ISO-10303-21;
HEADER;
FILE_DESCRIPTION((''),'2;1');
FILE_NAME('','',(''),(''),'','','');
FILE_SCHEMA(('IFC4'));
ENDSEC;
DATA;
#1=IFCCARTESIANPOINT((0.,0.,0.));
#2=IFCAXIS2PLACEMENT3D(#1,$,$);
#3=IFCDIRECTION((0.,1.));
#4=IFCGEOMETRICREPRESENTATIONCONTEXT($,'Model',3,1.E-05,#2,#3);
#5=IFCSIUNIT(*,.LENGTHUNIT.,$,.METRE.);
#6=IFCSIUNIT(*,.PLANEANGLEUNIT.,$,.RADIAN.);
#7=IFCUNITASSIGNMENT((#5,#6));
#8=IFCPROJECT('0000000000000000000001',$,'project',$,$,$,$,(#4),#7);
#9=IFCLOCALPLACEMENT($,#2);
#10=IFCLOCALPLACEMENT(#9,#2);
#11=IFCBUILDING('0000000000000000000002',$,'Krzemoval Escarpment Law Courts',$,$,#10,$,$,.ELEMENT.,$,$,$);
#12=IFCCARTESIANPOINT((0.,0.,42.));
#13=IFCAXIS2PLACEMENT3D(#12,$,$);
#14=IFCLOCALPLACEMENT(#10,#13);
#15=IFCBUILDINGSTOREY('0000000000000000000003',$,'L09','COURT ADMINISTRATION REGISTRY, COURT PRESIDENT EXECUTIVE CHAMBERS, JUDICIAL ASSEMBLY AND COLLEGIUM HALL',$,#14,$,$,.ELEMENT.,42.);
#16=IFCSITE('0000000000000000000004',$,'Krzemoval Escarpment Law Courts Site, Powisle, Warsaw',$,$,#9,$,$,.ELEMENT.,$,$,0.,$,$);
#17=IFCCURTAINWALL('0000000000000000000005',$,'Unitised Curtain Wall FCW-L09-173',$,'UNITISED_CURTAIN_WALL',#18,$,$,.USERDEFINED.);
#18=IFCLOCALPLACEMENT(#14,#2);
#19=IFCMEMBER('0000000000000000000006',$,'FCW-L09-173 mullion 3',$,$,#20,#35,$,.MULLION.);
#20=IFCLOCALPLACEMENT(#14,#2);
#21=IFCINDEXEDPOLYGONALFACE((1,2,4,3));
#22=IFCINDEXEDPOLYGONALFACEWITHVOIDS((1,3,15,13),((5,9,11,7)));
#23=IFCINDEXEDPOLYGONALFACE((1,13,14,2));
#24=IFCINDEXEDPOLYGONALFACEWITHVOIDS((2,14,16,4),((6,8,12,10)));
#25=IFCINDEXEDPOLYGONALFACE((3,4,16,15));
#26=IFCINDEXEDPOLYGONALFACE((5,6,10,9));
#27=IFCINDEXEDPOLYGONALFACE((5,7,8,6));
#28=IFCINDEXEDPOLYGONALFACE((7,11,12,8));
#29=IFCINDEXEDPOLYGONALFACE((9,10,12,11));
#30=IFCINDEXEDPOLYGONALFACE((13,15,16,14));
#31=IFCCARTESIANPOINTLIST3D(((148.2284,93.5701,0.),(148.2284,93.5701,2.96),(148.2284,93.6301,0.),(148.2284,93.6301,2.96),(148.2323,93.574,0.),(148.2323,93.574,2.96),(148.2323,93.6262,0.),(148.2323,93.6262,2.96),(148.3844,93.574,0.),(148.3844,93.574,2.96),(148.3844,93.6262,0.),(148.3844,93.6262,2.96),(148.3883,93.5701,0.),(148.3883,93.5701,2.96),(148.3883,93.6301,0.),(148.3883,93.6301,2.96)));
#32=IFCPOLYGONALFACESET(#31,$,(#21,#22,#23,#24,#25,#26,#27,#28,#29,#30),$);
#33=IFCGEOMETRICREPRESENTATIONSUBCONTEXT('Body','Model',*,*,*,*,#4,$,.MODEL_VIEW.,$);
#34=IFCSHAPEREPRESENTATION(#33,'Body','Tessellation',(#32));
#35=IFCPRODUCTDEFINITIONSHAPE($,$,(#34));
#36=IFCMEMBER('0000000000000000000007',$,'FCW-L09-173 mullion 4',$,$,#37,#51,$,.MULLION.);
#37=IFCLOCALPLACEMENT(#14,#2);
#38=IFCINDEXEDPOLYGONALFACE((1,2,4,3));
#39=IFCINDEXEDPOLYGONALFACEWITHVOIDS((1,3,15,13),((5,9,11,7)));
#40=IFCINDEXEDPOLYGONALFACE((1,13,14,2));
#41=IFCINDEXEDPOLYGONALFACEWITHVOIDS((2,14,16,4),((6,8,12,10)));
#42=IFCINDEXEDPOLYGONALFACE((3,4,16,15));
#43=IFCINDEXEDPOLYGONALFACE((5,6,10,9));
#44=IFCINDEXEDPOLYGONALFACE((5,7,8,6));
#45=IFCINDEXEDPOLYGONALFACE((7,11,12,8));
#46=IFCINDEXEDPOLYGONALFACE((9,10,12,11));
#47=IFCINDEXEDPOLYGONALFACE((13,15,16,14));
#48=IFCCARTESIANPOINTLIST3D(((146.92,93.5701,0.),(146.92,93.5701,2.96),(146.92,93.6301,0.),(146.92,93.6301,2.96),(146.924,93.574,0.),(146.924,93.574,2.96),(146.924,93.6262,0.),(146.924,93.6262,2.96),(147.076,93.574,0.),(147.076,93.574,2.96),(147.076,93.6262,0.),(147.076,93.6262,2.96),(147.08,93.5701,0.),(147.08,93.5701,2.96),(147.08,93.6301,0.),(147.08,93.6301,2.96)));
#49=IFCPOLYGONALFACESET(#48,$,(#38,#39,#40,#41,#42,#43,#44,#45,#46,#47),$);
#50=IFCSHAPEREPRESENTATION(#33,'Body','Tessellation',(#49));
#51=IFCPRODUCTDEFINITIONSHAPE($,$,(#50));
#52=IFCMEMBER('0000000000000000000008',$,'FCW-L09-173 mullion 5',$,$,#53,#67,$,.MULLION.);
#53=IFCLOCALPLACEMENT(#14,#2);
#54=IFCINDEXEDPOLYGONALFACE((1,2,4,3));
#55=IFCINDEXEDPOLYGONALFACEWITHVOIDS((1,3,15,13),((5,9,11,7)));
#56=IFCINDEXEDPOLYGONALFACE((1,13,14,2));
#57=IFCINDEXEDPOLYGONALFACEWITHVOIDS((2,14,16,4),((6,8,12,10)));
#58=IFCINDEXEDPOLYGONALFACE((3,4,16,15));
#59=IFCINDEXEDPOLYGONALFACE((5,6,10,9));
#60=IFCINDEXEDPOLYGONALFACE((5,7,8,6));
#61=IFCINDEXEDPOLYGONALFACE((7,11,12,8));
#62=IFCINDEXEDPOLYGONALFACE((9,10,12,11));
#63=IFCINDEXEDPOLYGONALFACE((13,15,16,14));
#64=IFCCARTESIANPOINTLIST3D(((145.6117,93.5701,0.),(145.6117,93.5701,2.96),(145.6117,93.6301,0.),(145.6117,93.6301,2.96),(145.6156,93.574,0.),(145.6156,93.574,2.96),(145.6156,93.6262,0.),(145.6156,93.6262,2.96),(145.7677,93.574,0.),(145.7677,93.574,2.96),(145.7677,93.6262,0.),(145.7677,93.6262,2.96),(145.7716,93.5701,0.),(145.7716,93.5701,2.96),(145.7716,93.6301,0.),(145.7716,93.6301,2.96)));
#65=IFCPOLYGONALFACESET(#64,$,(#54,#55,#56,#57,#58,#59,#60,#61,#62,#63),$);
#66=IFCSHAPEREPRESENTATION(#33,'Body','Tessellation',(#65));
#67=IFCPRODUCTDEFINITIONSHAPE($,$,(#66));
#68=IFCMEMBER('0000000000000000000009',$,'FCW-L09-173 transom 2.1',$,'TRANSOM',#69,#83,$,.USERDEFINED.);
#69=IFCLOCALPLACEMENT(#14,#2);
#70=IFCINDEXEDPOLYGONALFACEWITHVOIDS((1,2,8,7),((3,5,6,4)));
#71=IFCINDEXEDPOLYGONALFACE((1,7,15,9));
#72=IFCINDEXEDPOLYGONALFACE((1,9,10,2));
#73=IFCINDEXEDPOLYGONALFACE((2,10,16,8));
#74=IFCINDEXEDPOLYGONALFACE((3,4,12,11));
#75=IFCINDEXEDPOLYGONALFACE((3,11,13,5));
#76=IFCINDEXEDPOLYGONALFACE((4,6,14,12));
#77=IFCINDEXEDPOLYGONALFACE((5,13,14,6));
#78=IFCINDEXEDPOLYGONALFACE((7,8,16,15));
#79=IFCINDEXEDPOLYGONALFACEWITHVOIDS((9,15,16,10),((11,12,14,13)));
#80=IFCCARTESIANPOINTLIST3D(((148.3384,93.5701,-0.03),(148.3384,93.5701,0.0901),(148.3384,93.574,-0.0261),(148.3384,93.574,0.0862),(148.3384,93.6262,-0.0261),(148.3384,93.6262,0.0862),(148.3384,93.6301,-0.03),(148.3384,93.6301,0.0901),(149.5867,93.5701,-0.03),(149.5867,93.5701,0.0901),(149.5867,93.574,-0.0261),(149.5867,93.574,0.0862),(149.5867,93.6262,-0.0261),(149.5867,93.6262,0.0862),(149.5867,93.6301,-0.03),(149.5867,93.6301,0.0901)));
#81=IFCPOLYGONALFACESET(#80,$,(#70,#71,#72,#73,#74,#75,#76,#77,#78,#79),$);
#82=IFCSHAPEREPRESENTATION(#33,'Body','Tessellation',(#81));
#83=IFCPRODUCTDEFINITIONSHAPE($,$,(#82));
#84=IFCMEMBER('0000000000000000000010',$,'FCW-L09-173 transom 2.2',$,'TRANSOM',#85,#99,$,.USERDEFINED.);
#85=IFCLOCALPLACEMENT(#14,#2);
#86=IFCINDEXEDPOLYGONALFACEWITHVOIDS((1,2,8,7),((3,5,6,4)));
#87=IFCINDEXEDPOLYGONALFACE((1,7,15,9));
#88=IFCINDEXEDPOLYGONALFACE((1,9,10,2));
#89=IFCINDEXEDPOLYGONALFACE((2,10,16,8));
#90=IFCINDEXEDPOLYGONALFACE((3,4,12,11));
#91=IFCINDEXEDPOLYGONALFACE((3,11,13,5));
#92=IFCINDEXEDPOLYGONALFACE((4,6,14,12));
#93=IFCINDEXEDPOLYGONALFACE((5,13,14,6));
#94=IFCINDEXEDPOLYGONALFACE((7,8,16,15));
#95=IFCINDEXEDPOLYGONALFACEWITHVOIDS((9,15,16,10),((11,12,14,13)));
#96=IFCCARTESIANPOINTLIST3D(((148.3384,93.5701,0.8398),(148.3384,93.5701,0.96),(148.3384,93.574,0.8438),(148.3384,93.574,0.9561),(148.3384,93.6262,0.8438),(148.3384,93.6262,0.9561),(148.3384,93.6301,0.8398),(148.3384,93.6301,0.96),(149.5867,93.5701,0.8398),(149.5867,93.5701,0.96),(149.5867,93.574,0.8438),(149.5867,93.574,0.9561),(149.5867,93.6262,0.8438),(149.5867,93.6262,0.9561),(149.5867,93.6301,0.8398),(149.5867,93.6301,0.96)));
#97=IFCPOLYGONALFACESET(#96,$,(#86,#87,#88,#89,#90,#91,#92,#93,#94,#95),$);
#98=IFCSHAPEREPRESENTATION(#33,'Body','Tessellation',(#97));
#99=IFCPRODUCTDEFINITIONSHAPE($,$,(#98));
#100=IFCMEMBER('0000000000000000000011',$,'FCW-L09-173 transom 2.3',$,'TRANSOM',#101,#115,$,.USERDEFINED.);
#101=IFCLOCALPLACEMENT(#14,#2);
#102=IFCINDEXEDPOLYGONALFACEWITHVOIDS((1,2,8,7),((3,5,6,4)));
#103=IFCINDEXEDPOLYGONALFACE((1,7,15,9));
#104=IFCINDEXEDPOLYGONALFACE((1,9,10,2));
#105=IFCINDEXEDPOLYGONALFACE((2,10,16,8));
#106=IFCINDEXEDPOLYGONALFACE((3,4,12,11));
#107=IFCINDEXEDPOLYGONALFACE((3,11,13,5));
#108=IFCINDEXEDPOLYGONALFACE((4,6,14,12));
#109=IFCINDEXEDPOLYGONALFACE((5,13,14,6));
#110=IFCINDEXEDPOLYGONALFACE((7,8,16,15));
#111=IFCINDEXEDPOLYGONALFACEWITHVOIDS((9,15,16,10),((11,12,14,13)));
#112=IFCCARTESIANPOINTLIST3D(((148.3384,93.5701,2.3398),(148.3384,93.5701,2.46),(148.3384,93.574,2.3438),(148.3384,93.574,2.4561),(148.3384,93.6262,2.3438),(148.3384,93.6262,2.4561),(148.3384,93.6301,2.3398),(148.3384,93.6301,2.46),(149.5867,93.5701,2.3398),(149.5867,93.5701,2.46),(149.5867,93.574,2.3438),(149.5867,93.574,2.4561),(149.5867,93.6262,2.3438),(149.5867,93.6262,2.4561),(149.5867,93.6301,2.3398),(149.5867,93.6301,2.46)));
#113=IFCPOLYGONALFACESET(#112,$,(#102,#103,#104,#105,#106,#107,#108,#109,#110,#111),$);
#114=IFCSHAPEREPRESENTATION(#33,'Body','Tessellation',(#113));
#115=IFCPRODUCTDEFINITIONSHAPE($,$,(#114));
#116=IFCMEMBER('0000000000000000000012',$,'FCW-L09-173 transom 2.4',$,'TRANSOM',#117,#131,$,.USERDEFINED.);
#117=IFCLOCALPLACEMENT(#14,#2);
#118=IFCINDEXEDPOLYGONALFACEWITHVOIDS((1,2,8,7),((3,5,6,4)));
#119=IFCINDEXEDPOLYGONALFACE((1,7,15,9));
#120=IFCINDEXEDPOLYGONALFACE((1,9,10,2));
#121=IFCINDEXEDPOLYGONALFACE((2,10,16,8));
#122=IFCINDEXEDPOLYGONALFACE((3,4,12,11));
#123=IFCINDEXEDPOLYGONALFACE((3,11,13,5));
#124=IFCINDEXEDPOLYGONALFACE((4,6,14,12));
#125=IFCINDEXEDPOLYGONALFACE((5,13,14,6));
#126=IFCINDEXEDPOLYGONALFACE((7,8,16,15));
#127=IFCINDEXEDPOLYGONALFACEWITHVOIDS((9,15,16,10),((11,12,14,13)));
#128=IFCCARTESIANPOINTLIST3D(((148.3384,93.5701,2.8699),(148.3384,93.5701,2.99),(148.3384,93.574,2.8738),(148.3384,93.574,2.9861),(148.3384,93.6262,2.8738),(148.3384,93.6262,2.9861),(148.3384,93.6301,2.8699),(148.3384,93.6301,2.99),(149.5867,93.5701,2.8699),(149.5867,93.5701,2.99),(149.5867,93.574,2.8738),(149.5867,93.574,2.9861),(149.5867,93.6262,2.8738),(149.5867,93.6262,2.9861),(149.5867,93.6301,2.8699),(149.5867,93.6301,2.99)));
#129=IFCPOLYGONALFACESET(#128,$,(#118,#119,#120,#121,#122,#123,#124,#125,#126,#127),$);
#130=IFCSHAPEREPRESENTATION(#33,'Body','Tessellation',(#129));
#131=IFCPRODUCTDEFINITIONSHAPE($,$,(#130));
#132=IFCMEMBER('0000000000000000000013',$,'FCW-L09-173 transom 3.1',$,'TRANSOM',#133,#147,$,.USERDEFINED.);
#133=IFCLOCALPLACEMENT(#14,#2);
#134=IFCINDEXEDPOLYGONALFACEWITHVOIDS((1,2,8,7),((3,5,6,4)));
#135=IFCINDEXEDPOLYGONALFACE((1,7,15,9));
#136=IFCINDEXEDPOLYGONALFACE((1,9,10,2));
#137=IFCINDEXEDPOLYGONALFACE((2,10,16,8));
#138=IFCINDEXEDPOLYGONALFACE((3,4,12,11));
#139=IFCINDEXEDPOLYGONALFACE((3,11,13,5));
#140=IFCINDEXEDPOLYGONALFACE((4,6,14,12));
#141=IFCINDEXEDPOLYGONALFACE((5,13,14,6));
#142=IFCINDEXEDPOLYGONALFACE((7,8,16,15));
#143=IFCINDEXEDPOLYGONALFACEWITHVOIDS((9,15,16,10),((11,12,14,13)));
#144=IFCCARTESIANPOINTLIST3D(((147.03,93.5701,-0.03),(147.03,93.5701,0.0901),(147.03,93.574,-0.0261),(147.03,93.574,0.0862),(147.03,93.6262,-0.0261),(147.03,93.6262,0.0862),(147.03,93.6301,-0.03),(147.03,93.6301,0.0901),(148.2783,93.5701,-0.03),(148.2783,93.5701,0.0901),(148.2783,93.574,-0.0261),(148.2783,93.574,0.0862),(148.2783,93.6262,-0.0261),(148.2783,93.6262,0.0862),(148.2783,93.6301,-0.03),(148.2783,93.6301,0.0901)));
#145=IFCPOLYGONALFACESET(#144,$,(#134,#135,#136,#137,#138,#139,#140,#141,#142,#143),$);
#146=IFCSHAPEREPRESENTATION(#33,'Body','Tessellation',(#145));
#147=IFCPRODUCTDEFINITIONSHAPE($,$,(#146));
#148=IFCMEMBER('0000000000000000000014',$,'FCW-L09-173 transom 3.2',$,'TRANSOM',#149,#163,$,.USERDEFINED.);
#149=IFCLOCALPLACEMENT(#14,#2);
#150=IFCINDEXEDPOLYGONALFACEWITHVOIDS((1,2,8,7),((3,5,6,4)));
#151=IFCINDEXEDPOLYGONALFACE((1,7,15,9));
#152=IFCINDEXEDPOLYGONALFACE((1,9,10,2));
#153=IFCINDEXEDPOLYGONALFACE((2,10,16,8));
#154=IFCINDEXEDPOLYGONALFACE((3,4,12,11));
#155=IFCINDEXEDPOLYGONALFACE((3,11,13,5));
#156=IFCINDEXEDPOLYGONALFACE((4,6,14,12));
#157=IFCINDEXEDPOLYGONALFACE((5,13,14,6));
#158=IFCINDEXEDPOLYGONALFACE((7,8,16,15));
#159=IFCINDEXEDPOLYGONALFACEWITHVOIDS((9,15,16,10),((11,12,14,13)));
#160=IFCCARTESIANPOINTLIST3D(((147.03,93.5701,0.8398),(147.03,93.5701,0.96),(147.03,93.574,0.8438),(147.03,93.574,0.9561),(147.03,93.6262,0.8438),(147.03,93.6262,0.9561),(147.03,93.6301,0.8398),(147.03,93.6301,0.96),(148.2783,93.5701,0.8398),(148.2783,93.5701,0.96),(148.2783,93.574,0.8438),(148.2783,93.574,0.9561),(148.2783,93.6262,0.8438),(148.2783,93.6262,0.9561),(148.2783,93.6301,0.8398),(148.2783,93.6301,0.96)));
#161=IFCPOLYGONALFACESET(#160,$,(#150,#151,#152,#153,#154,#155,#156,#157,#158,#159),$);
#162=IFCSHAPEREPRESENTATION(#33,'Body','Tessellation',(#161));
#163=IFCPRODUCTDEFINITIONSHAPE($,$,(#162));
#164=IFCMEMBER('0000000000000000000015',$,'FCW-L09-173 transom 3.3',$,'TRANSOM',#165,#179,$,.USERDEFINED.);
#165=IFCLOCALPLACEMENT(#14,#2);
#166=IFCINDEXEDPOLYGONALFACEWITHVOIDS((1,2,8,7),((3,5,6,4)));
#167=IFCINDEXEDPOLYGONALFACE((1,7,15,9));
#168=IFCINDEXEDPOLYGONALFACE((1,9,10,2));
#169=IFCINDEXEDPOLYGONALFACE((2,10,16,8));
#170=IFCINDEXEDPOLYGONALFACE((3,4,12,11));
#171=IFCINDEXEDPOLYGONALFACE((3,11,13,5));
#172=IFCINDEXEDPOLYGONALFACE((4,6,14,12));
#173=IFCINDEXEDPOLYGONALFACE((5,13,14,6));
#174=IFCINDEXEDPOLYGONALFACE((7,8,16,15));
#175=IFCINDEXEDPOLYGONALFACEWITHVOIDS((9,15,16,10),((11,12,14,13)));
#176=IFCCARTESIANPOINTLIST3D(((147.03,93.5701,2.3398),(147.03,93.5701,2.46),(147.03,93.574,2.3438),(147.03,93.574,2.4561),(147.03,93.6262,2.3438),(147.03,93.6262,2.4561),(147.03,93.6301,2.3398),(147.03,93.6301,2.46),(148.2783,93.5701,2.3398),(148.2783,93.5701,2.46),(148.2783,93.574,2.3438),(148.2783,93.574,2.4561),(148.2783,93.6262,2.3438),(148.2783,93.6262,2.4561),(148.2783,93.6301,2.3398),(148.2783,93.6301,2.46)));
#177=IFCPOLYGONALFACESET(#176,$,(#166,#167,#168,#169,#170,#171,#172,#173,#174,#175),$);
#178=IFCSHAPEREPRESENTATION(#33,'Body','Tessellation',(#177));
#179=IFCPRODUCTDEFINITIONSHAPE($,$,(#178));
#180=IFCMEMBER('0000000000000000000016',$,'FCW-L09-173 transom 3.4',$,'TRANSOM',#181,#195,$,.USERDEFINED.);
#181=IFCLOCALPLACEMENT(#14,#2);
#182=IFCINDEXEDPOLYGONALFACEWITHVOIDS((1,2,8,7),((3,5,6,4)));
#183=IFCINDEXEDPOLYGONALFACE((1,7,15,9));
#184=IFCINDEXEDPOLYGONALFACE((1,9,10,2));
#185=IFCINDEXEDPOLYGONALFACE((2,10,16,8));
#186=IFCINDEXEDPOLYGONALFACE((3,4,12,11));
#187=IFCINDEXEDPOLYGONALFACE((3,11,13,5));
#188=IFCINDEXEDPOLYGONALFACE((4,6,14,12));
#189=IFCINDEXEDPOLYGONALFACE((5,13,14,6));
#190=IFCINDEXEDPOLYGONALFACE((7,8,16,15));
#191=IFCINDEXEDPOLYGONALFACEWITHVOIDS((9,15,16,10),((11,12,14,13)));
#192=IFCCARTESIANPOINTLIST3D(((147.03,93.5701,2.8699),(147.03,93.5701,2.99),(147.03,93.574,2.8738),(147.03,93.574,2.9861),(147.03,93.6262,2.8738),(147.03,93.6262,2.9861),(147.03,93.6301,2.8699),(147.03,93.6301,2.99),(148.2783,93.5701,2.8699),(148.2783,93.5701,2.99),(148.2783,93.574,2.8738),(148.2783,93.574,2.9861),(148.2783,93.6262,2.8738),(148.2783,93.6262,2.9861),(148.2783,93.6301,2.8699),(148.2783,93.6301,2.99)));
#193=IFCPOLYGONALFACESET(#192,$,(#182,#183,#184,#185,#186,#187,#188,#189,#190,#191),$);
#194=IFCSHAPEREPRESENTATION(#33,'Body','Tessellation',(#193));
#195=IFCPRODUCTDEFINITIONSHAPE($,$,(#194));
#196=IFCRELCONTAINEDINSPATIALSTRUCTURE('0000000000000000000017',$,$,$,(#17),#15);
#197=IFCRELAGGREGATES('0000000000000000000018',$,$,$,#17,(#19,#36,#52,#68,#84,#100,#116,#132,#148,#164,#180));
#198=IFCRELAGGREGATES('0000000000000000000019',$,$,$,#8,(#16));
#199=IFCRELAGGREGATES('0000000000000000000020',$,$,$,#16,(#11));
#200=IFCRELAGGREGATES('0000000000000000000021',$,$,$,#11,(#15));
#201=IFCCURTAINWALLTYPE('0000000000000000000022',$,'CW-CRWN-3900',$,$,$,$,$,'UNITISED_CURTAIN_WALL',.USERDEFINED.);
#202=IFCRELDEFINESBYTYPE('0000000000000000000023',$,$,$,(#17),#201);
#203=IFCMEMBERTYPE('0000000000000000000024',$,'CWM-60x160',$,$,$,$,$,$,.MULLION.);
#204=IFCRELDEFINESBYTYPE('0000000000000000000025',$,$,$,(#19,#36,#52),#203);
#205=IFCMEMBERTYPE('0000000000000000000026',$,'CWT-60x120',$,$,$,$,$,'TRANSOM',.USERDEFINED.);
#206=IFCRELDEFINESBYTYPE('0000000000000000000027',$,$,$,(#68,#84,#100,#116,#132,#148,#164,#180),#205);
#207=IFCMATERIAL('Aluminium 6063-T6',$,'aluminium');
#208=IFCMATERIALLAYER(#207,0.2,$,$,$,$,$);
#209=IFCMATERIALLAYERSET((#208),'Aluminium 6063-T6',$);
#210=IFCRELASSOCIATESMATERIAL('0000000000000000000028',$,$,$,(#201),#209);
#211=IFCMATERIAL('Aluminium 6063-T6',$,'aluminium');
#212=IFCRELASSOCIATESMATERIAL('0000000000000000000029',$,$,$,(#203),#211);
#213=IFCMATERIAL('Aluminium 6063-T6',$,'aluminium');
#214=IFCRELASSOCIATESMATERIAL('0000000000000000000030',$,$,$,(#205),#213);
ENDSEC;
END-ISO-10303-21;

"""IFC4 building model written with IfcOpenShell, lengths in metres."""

from ifc_helpers import new_model, si_unit, direction, frame, origin, origin_2d, place, context, subcontext, project, spatial, hollow_rectangle, extrude, material, layer, layer_set, material_profile, profile_set, type_object, element, aggregate, save


model = new_model("IFC4")

# Units and contexts
model_context = context("Model", 3, precision=1e-05, world=origin(), true_north=direction((0.0, 1.0)))
body_context = subcontext(model_context, "Body", "Model", "MODEL_VIEW")
ifc_project = project(units=[si_unit("LENGTHUNIT", "METRE"), si_unit("PLANEANGLEUNIT", "RADIAN")], contexts=[model_context])

# Site, building, storey
site_placement = place(None, origin())
site = spatial("IfcSite", under=ifc_project, at=site_placement, Name="Krzemoval Escarpment Law Courts Site, Powisle, Warsaw", CompositionType="ELEMENT", RefElevation=0.0)
building_placement = place(site_placement, origin())
building = spatial("IfcBuilding", under=site, at=building_placement, Name="Krzemoval Escarpment Law Courts", CompositionType="ELEMENT")
storey_placement = place(building_placement, frame((0.0, 0.0, 42.0)))
storey = spatial("IfcBuildingStorey", under=building, at=storey_placement, Name="L09", Description="COURT ADMINISTRATION REGISTRY, COURT PRESIDENT EXECUTIVE CHAMBERS, JUDICIAL ASSEMBLY AND COLLEGIUM HALL", CompositionType="ELEMENT", Elevation=42.0)

# Curtain wall, members
ifc_material_1 = material(Name="Aluminium 6063-T6", Category="aluminium")
ifc_layer_1 = layer(ifc_material_1, 0.2)
ifc_layer_set_1 = layer_set([ifc_layer_1], Name="Aluminium 6063-T6")
curtain_wall_type = type_object("IfcCurtainWallType", Name="CW-CRWN-3900", ElementType="UNITISED_CURTAIN_WALL", PredefinedType="USERDEFINED", material=ifc_layer_set_1)
curtain_wall_placement = place(storey_placement, origin())
curtain_wall = element("IfcCurtainWall", 1, at=curtain_wall_placement, inside=storey, type_object=curtain_wall_type, Name="Unitised Curtain Wall FCW-L09-173", ObjectType="UNITISED_CURTAIN_WALL", PredefinedType="USERDEFINED")
ifc_material_2 = material(Name="Aluminium 6063-T6", Category="aluminium")
ifc_material_profile_1 = material_profile(ifc_material_2, hollow_rectangle(XDim=0.0601, YDim=0.1599, WallThickness=0.0039, at=origin_2d()), Name="ALU M60x160")
ifc_profile_set_1 = profile_set([ifc_material_profile_1], Name="Aluminium 6063-T6")
member_type_1 = type_object("IfcMemberType", Name="CWM-60x160", PredefinedType="MULLION", material=ifc_profile_set_1)
member_1_placement = place(storey_placement, frame((148.3083, 93.6001, 0.0), z_axis=(0.0, 0.0, 1.0), x_axis=(0.0, -1.0, 0.0)))
member_1 = element("IfcMember", 2, at=member_1_placement, type_object=member_type_1, Name="FCW-L09-173 mullion 3", PredefinedType="MULLION", context=body_context, shape_type="SweptSolid", body=[
    extrude(hollow_rectangle(XDim=0.0601, YDim=0.1599, WallThickness=0.0039, at=origin_2d()), origin(), (0.0, 0.0, 1.0), 2.96),
])
member_2_placement = place(storey_placement, frame((147.0, 93.6001, 0.0), z_axis=(0.0, 0.0, 1.0), x_axis=(0.0, -1.0, 0.0)))
member_2 = element("IfcMember", 3, at=member_2_placement, type_object=member_type_1, Name="FCW-L09-173 mullion 4", PredefinedType="MULLION", context=body_context, shape_type="SweptSolid", body=[
    extrude(hollow_rectangle(XDim=0.0601, YDim=0.1599, WallThickness=0.0039, at=origin_2d()), origin(), (0.0, 0.0, 1.0), 2.96),
])
member_3_placement = place(storey_placement, frame((145.6917, 93.6001, 0.0), z_axis=(0.0, 0.0, 1.0), x_axis=(0.0, -1.0, 0.0)))
member_3 = element("IfcMember", 4, at=member_3_placement, type_object=member_type_1, Name="FCW-L09-173 mullion 5", PredefinedType="MULLION", context=body_context, shape_type="SweptSolid", body=[
    extrude(hollow_rectangle(XDim=0.0601, YDim=0.1599, WallThickness=0.0039, at=origin_2d()), origin(), (0.0, 0.0, 1.0), 2.96),
])
ifc_material_3 = material(Name="Aluminium 6063-T6", Category="aluminium")
ifc_material_profile_2 = material_profile(ifc_material_3, hollow_rectangle(XDim=0.0601, YDim=0.1201, WallThickness=0.0039, at=origin_2d()), Name="ALU T60x120")
ifc_profile_set_2 = profile_set([ifc_material_profile_2], Name="Aluminium 6063-T6")
member_type_2 = type_object("IfcMemberType", Name="CWT-60x120", ElementType="TRANSOM", PredefinedType="USERDEFINED", material=ifc_profile_set_2)
member_4_placement = place(storey_placement, frame((149.5867, 93.6001, 0.03), z_axis=(-1.0, 0.0, 0.0), x_axis=(0.0, -1.0, 0.0)))
member_4 = element("IfcMember", 5, at=member_4_placement, type_object=member_type_2, Name="FCW-L09-173 transom 2.1", ObjectType="TRANSOM", PredefinedType="USERDEFINED", context=body_context, shape_type="SweptSolid", body=[
    extrude(hollow_rectangle(XDim=0.0601, YDim=0.1201, WallThickness=0.0039, at=origin_2d()), origin(), (0.0, 0.0, 1.0), 1.2483),
])
member_5_placement = place(storey_placement, frame((149.5867, 93.6001, 0.8999), z_axis=(-1.0, 0.0, 0.0), x_axis=(0.0, -1.0, 0.0)))
member_5 = element("IfcMember", 6, at=member_5_placement, type_object=member_type_2, Name="FCW-L09-173 transom 2.2", ObjectType="TRANSOM", PredefinedType="USERDEFINED", context=body_context, shape_type="SweptSolid", body=[
    extrude(hollow_rectangle(XDim=0.0601, YDim=0.1201, WallThickness=0.0039, at=origin_2d()), origin(), (0.0, 0.0, 1.0), 1.2483),
])
member_6_placement = place(storey_placement, frame((149.5867, 93.6001, 2.3999), z_axis=(-1.0, 0.0, 0.0), x_axis=(0.0, -1.0, 0.0)))
member_6 = element("IfcMember", 7, at=member_6_placement, type_object=member_type_2, Name="FCW-L09-173 transom 2.3", ObjectType="TRANSOM", PredefinedType="USERDEFINED", context=body_context, shape_type="SweptSolid", body=[
    extrude(hollow_rectangle(XDim=0.0601, YDim=0.1201, WallThickness=0.0039, at=origin_2d()), origin(), (0.0, 0.0, 1.0), 1.2483),
])
member_7_placement = place(storey_placement, frame((149.5867, 93.6001, 2.9299), z_axis=(-1.0, 0.0, 0.0), x_axis=(0.0, -1.0, 0.0)))
member_7 = element("IfcMember", 8, at=member_7_placement, type_object=member_type_2, Name="FCW-L09-173 transom 2.4", ObjectType="TRANSOM", PredefinedType="USERDEFINED", context=body_context, shape_type="SweptSolid", body=[
    extrude(hollow_rectangle(XDim=0.0601, YDim=0.1201, WallThickness=0.0039, at=origin_2d()), origin(), (0.0, 0.0, 1.0), 1.2483),
])
member_8_placement = place(storey_placement, frame((148.2783, 93.6001, 0.03), z_axis=(-1.0, 0.0, 0.0), x_axis=(0.0, -1.0, 0.0)))
member_8 = element("IfcMember", 9, at=member_8_placement, type_object=member_type_2, Name="FCW-L09-173 transom 3.1", ObjectType="TRANSOM", PredefinedType="USERDEFINED", context=body_context, shape_type="SweptSolid", body=[
    extrude(hollow_rectangle(XDim=0.0601, YDim=0.1201, WallThickness=0.0039, at=origin_2d()), origin(), (0.0, 0.0, 1.0), 1.2483),
])
member_9_placement = place(storey_placement, frame((148.2783, 93.6001, 0.8999), z_axis=(-1.0, 0.0, 0.0), x_axis=(0.0, -1.0, 0.0)))
member_9 = element("IfcMember", 10, at=member_9_placement, type_object=member_type_2, Name="FCW-L09-173 transom 3.2", ObjectType="TRANSOM", PredefinedType="USERDEFINED", context=body_context, shape_type="SweptSolid", body=[
    extrude(hollow_rectangle(XDim=0.0601, YDim=0.1201, WallThickness=0.0039, at=origin_2d()), origin(), (0.0, 0.0, 1.0), 1.2483),
])
member_10_placement = place(storey_placement, frame((148.2783, 93.6001, 2.3999), z_axis=(-1.0, 0.0, 0.0), x_axis=(0.0, -1.0, 0.0)))
member_10 = element("IfcMember", 11, at=member_10_placement, type_object=member_type_2, Name="FCW-L09-173 transom 3.3", ObjectType="TRANSOM", PredefinedType="USERDEFINED", context=body_context, shape_type="SweptSolid", body=[
    extrude(hollow_rectangle(XDim=0.0601, YDim=0.1201, WallThickness=0.0039, at=origin_2d()), origin(), (0.0, 0.0, 1.0), 1.2483),
])
member_11_placement = place(storey_placement, frame((148.2783, 93.6001, 2.9299), z_axis=(-1.0, 0.0, 0.0), x_axis=(0.0, -1.0, 0.0)))
member_11 = element("IfcMember", 12, at=member_11_placement, type_object=member_type_2, Name="FCW-L09-173 transom 3.4", ObjectType="TRANSOM", PredefinedType="USERDEFINED", context=body_context, shape_type="SweptSolid", body=[
    extrude(hollow_rectangle(XDim=0.0601, YDim=0.1201, WallThickness=0.0039, at=origin_2d()), origin(), (0.0, 0.0, 1.0), 1.2483),
])
aggregate(curtain_wall, [member_1, member_2, member_3, member_4, member_5, member_6, member_7, member_8, member_9, member_10, member_11])

save(model, "model.ifc")
